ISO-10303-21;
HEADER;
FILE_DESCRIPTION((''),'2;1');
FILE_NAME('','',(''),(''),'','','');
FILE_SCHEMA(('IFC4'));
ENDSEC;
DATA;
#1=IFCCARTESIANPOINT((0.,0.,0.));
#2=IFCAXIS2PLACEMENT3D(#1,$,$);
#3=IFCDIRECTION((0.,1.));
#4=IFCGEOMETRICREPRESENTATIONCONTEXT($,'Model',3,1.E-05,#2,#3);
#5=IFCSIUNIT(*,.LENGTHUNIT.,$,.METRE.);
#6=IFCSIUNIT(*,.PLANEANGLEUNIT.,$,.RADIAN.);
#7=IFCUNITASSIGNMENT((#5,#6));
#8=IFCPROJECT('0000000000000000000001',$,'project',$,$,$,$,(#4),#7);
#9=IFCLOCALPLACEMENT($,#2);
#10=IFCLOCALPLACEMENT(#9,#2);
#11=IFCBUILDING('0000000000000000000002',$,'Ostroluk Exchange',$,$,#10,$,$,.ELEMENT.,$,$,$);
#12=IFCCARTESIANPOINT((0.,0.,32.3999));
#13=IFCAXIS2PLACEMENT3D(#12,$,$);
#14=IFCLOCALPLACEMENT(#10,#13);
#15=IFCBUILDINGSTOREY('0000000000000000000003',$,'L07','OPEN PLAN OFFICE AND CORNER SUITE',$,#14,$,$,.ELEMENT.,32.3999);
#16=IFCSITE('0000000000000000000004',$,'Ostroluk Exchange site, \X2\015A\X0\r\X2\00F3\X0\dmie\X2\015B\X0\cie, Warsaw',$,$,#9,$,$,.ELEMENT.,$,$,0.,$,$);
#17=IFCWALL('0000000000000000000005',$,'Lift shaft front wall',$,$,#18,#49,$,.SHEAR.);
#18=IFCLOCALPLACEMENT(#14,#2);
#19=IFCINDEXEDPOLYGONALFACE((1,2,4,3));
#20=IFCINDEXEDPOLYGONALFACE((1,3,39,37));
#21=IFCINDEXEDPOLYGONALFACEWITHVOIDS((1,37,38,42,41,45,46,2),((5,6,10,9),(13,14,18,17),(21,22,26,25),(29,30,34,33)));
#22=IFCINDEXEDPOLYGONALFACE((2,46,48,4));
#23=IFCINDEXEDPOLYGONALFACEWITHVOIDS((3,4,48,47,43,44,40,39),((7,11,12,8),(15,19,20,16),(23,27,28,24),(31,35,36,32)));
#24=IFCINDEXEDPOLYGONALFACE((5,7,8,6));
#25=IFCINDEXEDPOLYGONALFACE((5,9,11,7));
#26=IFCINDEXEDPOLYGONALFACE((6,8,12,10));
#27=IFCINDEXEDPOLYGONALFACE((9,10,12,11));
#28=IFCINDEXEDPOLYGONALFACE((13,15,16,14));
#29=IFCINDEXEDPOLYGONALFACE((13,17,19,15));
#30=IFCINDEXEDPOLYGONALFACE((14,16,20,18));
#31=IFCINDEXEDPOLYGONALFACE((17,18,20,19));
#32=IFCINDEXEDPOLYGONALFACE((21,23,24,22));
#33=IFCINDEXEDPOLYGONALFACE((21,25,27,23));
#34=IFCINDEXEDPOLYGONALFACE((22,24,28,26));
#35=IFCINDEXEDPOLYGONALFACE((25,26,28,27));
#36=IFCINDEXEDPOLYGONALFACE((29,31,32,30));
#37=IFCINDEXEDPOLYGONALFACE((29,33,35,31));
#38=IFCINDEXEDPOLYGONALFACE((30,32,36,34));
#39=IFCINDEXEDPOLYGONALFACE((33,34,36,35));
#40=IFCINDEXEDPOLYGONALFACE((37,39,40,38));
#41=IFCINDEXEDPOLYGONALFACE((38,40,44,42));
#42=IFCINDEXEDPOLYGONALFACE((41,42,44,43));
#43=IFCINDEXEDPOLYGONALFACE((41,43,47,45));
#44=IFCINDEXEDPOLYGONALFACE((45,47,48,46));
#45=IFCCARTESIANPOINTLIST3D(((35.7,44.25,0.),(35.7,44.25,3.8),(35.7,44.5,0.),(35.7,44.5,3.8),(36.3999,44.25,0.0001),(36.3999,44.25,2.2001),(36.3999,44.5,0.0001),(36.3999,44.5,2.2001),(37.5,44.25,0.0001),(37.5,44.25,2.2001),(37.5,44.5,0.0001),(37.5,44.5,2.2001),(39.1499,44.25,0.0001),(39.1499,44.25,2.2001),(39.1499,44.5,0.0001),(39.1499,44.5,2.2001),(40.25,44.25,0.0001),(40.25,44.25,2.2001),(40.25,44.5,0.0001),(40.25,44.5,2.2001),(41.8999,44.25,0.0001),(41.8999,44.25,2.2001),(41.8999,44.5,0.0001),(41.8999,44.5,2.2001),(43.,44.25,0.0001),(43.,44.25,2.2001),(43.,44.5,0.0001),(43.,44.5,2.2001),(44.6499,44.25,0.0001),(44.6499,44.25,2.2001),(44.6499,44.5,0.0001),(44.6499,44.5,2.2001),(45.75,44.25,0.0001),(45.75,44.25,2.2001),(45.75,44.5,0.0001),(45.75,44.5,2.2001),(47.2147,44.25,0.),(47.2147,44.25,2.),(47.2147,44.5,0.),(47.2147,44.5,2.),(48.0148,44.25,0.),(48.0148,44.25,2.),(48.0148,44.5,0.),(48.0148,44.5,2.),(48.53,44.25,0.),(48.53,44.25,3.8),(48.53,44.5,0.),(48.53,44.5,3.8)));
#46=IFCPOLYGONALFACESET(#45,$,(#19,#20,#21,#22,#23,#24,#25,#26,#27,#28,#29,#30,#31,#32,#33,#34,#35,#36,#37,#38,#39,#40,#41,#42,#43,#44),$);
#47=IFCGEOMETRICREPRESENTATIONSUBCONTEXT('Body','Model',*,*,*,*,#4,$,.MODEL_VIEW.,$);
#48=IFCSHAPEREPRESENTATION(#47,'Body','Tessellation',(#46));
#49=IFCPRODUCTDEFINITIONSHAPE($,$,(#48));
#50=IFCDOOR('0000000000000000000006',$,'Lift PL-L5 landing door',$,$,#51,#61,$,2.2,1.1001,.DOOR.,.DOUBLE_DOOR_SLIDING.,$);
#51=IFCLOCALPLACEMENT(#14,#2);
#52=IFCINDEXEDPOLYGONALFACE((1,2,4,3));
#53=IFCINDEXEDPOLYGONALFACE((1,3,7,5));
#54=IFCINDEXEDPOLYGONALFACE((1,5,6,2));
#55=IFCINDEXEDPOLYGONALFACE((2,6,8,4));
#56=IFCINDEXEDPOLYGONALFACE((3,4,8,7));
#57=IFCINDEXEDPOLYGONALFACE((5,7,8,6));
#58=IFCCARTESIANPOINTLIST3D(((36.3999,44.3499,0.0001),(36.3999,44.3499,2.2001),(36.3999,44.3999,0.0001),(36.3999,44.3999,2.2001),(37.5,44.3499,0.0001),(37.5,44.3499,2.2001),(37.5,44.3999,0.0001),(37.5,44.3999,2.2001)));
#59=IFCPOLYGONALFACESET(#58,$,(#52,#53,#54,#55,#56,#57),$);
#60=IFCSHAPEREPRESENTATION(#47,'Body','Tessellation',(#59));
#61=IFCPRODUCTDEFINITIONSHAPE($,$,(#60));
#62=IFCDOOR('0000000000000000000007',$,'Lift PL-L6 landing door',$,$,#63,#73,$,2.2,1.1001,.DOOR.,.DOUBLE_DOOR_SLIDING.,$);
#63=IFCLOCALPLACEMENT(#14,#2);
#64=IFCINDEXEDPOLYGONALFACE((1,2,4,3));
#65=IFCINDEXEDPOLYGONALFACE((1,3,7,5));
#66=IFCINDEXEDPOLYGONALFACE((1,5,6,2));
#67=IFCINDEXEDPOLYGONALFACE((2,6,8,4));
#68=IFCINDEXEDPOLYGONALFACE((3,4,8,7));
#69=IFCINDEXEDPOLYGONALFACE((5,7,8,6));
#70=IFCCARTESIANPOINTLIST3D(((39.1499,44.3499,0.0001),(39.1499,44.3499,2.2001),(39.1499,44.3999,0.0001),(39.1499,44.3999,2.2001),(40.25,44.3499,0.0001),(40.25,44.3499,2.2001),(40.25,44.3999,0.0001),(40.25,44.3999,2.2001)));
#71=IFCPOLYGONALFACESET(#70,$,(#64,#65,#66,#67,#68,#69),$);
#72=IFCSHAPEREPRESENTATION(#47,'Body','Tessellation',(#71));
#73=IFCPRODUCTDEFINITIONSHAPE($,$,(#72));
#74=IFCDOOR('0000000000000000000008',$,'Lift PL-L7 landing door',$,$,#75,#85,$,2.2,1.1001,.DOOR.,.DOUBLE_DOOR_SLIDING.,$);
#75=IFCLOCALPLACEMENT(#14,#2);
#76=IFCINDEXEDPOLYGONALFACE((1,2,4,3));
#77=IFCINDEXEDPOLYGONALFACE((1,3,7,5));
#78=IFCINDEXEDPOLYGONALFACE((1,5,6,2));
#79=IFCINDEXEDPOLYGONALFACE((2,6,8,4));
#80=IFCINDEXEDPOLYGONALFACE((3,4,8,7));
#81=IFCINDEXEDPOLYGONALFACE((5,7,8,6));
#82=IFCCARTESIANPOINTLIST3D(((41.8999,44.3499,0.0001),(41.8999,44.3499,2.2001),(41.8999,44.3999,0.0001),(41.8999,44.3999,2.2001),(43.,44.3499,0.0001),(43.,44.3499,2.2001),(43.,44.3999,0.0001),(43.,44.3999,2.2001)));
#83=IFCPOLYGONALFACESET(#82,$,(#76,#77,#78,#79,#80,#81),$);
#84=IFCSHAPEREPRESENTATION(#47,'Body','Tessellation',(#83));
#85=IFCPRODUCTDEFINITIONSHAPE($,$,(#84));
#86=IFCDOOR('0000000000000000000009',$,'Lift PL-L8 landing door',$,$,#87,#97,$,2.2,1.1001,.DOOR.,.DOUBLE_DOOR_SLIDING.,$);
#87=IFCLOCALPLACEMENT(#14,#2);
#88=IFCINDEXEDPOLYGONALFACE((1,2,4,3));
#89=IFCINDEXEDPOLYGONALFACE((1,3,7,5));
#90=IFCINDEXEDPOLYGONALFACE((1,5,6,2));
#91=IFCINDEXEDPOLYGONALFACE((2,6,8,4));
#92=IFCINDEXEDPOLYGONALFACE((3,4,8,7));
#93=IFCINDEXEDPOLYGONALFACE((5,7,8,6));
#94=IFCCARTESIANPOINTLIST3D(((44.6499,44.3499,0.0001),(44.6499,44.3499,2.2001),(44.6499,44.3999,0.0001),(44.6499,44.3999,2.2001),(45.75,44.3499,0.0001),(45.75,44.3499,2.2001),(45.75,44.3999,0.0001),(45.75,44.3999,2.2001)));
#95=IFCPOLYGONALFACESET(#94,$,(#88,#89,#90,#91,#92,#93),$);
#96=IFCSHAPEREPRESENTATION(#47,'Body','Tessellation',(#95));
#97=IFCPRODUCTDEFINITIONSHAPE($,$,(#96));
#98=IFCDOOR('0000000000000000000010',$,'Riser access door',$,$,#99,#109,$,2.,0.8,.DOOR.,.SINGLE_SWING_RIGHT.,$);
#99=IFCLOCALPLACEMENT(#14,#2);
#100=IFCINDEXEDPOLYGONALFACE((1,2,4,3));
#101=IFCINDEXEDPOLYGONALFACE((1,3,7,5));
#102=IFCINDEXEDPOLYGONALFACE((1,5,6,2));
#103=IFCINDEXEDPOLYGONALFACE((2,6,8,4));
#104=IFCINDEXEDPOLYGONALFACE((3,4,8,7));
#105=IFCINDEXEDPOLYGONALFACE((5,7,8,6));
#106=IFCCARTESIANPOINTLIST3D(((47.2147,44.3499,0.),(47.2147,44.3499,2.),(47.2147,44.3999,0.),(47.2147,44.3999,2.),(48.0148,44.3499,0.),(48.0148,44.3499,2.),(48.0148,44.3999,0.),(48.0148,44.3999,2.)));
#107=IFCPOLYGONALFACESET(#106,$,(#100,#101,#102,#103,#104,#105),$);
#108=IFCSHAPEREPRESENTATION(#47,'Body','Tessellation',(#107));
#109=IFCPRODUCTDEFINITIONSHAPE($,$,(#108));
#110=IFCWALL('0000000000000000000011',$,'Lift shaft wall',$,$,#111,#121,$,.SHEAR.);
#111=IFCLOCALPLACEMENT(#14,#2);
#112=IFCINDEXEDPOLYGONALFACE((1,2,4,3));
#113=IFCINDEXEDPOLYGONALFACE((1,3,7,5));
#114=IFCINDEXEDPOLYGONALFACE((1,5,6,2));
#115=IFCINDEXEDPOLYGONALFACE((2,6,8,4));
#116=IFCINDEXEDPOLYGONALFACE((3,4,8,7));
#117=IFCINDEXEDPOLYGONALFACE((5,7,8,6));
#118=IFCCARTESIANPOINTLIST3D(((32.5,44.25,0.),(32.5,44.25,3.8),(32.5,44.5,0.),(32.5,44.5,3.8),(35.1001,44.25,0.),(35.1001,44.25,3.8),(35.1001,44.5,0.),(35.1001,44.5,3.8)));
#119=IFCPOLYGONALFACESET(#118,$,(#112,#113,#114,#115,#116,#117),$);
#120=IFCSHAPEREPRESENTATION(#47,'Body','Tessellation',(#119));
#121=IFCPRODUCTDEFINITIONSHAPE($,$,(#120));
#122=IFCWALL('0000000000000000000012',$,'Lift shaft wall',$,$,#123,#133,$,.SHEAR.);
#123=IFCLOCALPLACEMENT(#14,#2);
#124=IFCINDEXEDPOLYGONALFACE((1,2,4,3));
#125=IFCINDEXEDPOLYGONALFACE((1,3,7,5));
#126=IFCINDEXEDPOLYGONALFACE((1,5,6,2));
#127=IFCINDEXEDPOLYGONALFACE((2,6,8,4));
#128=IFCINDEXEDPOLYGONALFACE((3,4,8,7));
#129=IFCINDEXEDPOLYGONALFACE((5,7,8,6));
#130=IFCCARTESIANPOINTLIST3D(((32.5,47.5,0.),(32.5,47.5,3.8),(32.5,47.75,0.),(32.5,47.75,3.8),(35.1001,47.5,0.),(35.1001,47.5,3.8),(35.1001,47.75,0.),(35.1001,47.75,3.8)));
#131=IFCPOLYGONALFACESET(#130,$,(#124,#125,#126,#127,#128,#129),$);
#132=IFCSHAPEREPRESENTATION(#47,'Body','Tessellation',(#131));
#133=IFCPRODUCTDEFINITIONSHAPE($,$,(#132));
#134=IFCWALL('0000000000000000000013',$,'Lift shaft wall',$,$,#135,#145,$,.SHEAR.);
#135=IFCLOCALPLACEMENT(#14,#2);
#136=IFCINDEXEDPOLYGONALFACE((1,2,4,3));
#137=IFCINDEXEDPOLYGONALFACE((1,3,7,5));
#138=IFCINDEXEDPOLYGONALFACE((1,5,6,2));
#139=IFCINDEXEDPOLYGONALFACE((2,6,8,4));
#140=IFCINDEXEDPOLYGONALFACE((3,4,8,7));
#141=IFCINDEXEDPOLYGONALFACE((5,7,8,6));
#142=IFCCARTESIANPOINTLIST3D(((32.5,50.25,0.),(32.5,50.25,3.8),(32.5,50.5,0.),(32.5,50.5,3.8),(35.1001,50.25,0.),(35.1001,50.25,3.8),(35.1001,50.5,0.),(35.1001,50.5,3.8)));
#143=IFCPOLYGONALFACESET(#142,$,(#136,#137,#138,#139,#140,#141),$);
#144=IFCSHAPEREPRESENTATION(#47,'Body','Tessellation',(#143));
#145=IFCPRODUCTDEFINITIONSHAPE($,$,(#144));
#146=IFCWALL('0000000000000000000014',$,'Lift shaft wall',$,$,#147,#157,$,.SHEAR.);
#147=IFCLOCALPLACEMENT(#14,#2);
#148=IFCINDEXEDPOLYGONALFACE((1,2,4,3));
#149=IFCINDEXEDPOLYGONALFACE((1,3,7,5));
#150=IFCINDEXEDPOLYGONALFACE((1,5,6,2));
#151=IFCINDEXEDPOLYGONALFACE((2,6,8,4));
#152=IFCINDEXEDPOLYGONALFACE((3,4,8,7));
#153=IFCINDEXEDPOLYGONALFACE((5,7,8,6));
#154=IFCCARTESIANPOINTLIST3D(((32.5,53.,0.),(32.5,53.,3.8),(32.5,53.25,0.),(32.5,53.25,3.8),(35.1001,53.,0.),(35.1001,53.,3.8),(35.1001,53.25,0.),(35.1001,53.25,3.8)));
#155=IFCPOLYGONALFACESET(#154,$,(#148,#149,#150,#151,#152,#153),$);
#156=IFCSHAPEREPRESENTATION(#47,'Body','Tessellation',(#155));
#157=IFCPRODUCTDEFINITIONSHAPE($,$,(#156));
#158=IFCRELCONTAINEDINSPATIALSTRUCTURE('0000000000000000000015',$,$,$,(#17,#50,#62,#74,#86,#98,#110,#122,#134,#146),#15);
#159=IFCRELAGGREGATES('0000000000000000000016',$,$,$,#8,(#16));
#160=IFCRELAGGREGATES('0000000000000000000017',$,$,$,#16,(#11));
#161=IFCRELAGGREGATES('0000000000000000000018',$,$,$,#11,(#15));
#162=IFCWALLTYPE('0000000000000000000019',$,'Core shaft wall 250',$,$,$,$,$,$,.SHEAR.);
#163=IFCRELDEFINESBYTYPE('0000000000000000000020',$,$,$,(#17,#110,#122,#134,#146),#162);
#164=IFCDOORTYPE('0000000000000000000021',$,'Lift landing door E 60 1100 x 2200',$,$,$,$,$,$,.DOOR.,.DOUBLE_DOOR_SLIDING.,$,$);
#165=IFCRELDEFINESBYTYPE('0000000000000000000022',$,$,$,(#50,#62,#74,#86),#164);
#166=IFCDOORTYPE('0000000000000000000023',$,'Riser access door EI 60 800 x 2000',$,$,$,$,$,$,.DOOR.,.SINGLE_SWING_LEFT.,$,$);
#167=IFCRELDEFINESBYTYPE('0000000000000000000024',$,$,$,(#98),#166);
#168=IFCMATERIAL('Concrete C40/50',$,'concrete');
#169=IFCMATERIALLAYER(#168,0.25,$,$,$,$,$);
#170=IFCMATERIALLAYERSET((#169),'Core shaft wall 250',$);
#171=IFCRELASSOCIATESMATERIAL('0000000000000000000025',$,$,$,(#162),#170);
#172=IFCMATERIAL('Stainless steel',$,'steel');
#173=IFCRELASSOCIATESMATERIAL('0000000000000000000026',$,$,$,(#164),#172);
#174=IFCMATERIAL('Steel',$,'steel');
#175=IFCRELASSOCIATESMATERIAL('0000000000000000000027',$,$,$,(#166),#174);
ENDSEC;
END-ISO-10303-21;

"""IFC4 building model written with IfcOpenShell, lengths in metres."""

from ifc_helpers import new_model, si_unit, direction, frame, frame_2d, origin, place, context, subcontext, project, spatial, rectangle, extrude, material, layer, layer_set, type_object, element, fill, save


model = new_model("IFC4")

# Units and contexts
model_context = context("Model", 3, precision=1e-05, world=origin(), true_north=direction((0.0, 1.0)))
body_context = subcontext(model_context, "Body", "Model", "MODEL_VIEW")
ifc_project = project(units=[si_unit("LENGTHUNIT", "METRE"), si_unit("PLANEANGLEUNIT", "RADIAN")], contexts=[model_context])

# Site, building, storey
site_placement = place(None, origin())
site = spatial("IfcSite", under=ifc_project, at=site_placement, Name="Ostroluk Exchange site, Śródmieście, Warsaw", CompositionType="ELEMENT", RefElevation=0.0)
building_placement = place(site_placement, origin())
building = spatial("IfcBuilding", under=site, at=building_placement, Name="Ostroluk Exchange", CompositionType="ELEMENT")
storey_placement = place(building_placement, frame((0.0, 0.0, 32.3999)))
storey = spatial("IfcBuildingStorey", under=building, at=storey_placement, Name="L07", Description="OPEN PLAN OFFICE AND CORNER SUITE", CompositionType="ELEMENT", Elevation=32.3999)

# Shared definitions
ifc_material_1 = material(Name="Concrete C40/50", Category="concrete")
ifc_layer_1 = layer(ifc_material_1, 0.25)
ifc_layer_set_1 = layer_set([ifc_layer_1], Name="Core shaft wall 250")
wall_type_1 = type_object("IfcWallType", Name="Core shaft wall 250", PredefinedType="SHEAR", material=ifc_layer_set_1)

# Wall, openings, doors
ifc_material_2 = material(Name="Stainless steel", Category="steel")
door_type_1 = type_object("IfcDoorType", Name="Lift landing door E 60 1100 x 2200", OperationType="DOUBLE_DOOR_SLIDING", PredefinedType="DOOR", material=ifc_material_2)
ifc_material_3 = material(Name="Steel", Category="steel")
door_type_2 = type_object("IfcDoorType", Name="Riser access door EI 60 800 x 2000", OperationType="SINGLE_SWING_LEFT", PredefinedType="DOOR", material=ifc_material_3)
wall_1_placement = place(storey_placement, frame((35.7, 44.375, 0.0), z_axis=(0.0, 0.0, 1.0), x_axis=(1.0, 0.0, 0.0)))
wall_1 = element("IfcWall", 1, at=wall_1_placement, inside=storey, type_object=wall_type_1, Name="Lift shaft front wall", PredefinedType="SHEAR", context=body_context, shape_type="SweptSolid", body=[
    extrude(rectangle(XDim=12.8301, YDim=0.25, at=frame_2d((6.415, 0.0))), origin(), (0.0, 0.0, 1.0), 3.8),
])
opening_1_placement = place(wall_1_placement, frame((0.7, 0.0, 0.0)))
opening_1 = element("IfcOpeningElement", 2, at=opening_1_placement, cuts=wall_1, PredefinedType="OPENING", context=body_context, shape_type="SweptSolid", body=[
    extrude(rectangle(XDim=1.1001, YDim=2.2, at=frame_2d((0.55, 1.1001))), frame((0.0, 0.135, 0.0), z_axis=(0.0, -1.0, 0.0), x_axis=(1.0, 0.0, 0.0)), (0.0, 0.0, 1.0), 0.27),
])
opening_2_placement = place(wall_1_placement, frame((3.45, 0.0, 0.0)))
opening_2 = element("IfcOpeningElement", 3, at=opening_2_placement, cuts=wall_1, PredefinedType="OPENING", context=body_context, shape_type="SweptSolid", body=[
    extrude(rectangle(XDim=1.1001, YDim=2.2, at=frame_2d((0.55, 1.1001))), frame((0.0, 0.135, 0.0), z_axis=(0.0, -1.0, 0.0), x_axis=(1.0, 0.0, 0.0)), (0.0, 0.0, 1.0), 0.27),
])
opening_3_placement = place(wall_1_placement, frame((6.2, 0.0, 0.0)))
opening_3 = element("IfcOpeningElement", 4, at=opening_3_placement, cuts=wall_1, PredefinedType="OPENING", context=body_context, shape_type="SweptSolid", body=[
    extrude(rectangle(XDim=1.1001, YDim=2.2, at=frame_2d((0.55, 1.1001))), frame((0.0, 0.135, 0.0), z_axis=(0.0, -1.0, 0.0), x_axis=(1.0, 0.0, 0.0)), (0.0, 0.0, 1.0), 0.27),
])
opening_4_placement = place(wall_1_placement, frame((8.95, 0.0, 0.0)))
opening_4 = element("IfcOpeningElement", 5, at=opening_4_placement, cuts=wall_1, PredefinedType="OPENING", context=body_context, shape_type="SweptSolid", body=[
    extrude(rectangle(XDim=1.1001, YDim=2.2, at=frame_2d((0.55, 1.1001))), frame((0.0, 0.135, 0.0), z_axis=(0.0, -1.0, 0.0), x_axis=(1.0, 0.0, 0.0)), (0.0, 0.0, 1.0), 0.27),
])
opening_5_placement = place(wall_1_placement, frame((11.5149, 0.0, 0.0)))
opening_5 = element("IfcOpeningElement", 6, at=opening_5_placement, cuts=wall_1, PredefinedType="OPENING", context=body_context, shape_type="SweptSolid", body=[
    extrude(rectangle(XDim=0.8, YDim=2.0, at=frame_2d((0.3999, 1.0))), frame((0.0, 0.135, 0.0), z_axis=(0.0, -1.0, 0.0), x_axis=(1.0, 0.0, 0.0)), (0.0, 0.0, 1.0), 0.27),
])
door_1_placement = place(opening_1_placement, origin())
door_1 = element("IfcDoor", 7, at=door_1_placement, inside=storey, type_object=door_type_1, Name="Lift PL-L5 landing door", OperationType="DOUBLE_DOOR_SLIDING", OverallHeight=2.2, OverallWidth=1.1001, PredefinedType="DOOR", context=body_context, shape_type="SweptSolid", body=[
    extrude(rectangle(XDim=1.1001, YDim=2.2, at=frame_2d((0.55, 1.1001))), frame((0.0, 0.0249, 0.0), z_axis=(0.0, -1.0, 0.0), x_axis=(1.0, 0.0, 0.0)), (0.0, 0.0, 1.0), 0.05),
])
fill(opening_1, door_1)
door_2_placement = place(opening_2_placement, origin())
door_2 = element("IfcDoor", 8, at=door_2_placement, inside=storey, type_object=door_type_1, Name="Lift PL-L6 landing door", OperationType="DOUBLE_DOOR_SLIDING", OverallHeight=2.2, OverallWidth=1.1001, PredefinedType="DOOR", context=body_context, shape_type="SweptSolid", body=[
    extrude(rectangle(XDim=1.1001, YDim=2.2, at=frame_2d((0.55, 1.1001))), frame((0.0, 0.0249, 0.0), z_axis=(0.0, -1.0, 0.0), x_axis=(1.0, 0.0, 0.0)), (0.0, 0.0, 1.0), 0.05),
])
fill(opening_2, door_2)
door_3_placement = place(opening_3_placement, origin())
door_3 = element("IfcDoor", 9, at=door_3_placement, inside=storey, type_object=door_type_1, Name="Lift PL-L7 landing door", OperationType="DOUBLE_DOOR_SLIDING", OverallHeight=2.2, OverallWidth=1.1001, PredefinedType="DOOR", context=body_context, shape_type="SweptSolid", body=[
    extrude(rectangle(XDim=1.1001, YDim=2.2, at=frame_2d((0.55, 1.1001))), frame((0.0, 0.0249, 0.0), z_axis=(0.0, -1.0, 0.0), x_axis=(1.0, 0.0, 0.0)), (0.0, 0.0, 1.0), 0.05),
])
fill(opening_3, door_3)
door_4_placement = place(opening_4_placement, origin())
door_4 = element("IfcDoor", 10, at=door_4_placement, inside=storey, type_object=door_type_1, Name="Lift PL-L8 landing door", OperationType="DOUBLE_DOOR_SLIDING", OverallHeight=2.2, OverallWidth=1.1001, PredefinedType="DOOR", context=body_context, shape_type="SweptSolid", body=[
    extrude(rectangle(XDim=1.1001, YDim=2.2, at=frame_2d((0.55, 1.1001))), frame((0.0, 0.0249, 0.0), z_axis=(0.0, -1.0, 0.0), x_axis=(1.0, 0.0, 0.0)), (0.0, 0.0, 1.0), 0.05),
])
fill(opening_4, door_4)
door_5_placement = place(opening_5_placement, origin())
door_5 = element("IfcDoor", 11, at=door_5_placement, inside=storey, type_object=door_type_2, Name="Riser access door", OperationType="SINGLE_SWING_RIGHT", OverallHeight=2.0, OverallWidth=0.8, PredefinedType="DOOR", context=body_context, shape_type="SweptSolid", body=[
    extrude(rectangle(XDim=0.8, YDim=2.0, at=frame_2d((0.3999, 1.0))), frame((0.0, 0.0249, 0.0), z_axis=(0.0, -1.0, 0.0), x_axis=(1.0, 0.0, 0.0)), (0.0, 0.0, 1.0), 0.05),
])
fill(opening_5, door_5)

# Walls
for number, where, z_axis, x_axis, name in (
    (12, (32.5, 44.375, 0.0), (0.0, 0.0, 1.0), (1.0, 0.0, 0.0), "Lift shaft wall"),
    (13, (32.5, 47.625, 0.0), (0.0, 0.0, 1.0), (1.0, 0.0, 0.0), "Lift shaft wall"),
    (14, (32.5, 50.375, 0.0), (0.0, 0.0, 1.0), (1.0, 0.0, 0.0), "Lift shaft wall"),
    (15, (32.5, 53.125, 0.0), (0.0, 0.0, 1.0), (1.0, 0.0, 0.0), "Lift shaft wall"),
):
    element("IfcWall", number, at=place(storey_placement, frame(where, z_axis=z_axis, x_axis=x_axis)), inside=storey, type_object=wall_type_1, Name=name, PredefinedType="SHEAR", context=body_context, shape_type="SweptSolid", body=[
        extrude(rectangle(XDim=2.6001, YDim=0.25, at=frame_2d((1.3, 0.0))), origin(), (0.0, 0.0, 1.0), 3.8),
    ])

save(model, "model.ifc")
